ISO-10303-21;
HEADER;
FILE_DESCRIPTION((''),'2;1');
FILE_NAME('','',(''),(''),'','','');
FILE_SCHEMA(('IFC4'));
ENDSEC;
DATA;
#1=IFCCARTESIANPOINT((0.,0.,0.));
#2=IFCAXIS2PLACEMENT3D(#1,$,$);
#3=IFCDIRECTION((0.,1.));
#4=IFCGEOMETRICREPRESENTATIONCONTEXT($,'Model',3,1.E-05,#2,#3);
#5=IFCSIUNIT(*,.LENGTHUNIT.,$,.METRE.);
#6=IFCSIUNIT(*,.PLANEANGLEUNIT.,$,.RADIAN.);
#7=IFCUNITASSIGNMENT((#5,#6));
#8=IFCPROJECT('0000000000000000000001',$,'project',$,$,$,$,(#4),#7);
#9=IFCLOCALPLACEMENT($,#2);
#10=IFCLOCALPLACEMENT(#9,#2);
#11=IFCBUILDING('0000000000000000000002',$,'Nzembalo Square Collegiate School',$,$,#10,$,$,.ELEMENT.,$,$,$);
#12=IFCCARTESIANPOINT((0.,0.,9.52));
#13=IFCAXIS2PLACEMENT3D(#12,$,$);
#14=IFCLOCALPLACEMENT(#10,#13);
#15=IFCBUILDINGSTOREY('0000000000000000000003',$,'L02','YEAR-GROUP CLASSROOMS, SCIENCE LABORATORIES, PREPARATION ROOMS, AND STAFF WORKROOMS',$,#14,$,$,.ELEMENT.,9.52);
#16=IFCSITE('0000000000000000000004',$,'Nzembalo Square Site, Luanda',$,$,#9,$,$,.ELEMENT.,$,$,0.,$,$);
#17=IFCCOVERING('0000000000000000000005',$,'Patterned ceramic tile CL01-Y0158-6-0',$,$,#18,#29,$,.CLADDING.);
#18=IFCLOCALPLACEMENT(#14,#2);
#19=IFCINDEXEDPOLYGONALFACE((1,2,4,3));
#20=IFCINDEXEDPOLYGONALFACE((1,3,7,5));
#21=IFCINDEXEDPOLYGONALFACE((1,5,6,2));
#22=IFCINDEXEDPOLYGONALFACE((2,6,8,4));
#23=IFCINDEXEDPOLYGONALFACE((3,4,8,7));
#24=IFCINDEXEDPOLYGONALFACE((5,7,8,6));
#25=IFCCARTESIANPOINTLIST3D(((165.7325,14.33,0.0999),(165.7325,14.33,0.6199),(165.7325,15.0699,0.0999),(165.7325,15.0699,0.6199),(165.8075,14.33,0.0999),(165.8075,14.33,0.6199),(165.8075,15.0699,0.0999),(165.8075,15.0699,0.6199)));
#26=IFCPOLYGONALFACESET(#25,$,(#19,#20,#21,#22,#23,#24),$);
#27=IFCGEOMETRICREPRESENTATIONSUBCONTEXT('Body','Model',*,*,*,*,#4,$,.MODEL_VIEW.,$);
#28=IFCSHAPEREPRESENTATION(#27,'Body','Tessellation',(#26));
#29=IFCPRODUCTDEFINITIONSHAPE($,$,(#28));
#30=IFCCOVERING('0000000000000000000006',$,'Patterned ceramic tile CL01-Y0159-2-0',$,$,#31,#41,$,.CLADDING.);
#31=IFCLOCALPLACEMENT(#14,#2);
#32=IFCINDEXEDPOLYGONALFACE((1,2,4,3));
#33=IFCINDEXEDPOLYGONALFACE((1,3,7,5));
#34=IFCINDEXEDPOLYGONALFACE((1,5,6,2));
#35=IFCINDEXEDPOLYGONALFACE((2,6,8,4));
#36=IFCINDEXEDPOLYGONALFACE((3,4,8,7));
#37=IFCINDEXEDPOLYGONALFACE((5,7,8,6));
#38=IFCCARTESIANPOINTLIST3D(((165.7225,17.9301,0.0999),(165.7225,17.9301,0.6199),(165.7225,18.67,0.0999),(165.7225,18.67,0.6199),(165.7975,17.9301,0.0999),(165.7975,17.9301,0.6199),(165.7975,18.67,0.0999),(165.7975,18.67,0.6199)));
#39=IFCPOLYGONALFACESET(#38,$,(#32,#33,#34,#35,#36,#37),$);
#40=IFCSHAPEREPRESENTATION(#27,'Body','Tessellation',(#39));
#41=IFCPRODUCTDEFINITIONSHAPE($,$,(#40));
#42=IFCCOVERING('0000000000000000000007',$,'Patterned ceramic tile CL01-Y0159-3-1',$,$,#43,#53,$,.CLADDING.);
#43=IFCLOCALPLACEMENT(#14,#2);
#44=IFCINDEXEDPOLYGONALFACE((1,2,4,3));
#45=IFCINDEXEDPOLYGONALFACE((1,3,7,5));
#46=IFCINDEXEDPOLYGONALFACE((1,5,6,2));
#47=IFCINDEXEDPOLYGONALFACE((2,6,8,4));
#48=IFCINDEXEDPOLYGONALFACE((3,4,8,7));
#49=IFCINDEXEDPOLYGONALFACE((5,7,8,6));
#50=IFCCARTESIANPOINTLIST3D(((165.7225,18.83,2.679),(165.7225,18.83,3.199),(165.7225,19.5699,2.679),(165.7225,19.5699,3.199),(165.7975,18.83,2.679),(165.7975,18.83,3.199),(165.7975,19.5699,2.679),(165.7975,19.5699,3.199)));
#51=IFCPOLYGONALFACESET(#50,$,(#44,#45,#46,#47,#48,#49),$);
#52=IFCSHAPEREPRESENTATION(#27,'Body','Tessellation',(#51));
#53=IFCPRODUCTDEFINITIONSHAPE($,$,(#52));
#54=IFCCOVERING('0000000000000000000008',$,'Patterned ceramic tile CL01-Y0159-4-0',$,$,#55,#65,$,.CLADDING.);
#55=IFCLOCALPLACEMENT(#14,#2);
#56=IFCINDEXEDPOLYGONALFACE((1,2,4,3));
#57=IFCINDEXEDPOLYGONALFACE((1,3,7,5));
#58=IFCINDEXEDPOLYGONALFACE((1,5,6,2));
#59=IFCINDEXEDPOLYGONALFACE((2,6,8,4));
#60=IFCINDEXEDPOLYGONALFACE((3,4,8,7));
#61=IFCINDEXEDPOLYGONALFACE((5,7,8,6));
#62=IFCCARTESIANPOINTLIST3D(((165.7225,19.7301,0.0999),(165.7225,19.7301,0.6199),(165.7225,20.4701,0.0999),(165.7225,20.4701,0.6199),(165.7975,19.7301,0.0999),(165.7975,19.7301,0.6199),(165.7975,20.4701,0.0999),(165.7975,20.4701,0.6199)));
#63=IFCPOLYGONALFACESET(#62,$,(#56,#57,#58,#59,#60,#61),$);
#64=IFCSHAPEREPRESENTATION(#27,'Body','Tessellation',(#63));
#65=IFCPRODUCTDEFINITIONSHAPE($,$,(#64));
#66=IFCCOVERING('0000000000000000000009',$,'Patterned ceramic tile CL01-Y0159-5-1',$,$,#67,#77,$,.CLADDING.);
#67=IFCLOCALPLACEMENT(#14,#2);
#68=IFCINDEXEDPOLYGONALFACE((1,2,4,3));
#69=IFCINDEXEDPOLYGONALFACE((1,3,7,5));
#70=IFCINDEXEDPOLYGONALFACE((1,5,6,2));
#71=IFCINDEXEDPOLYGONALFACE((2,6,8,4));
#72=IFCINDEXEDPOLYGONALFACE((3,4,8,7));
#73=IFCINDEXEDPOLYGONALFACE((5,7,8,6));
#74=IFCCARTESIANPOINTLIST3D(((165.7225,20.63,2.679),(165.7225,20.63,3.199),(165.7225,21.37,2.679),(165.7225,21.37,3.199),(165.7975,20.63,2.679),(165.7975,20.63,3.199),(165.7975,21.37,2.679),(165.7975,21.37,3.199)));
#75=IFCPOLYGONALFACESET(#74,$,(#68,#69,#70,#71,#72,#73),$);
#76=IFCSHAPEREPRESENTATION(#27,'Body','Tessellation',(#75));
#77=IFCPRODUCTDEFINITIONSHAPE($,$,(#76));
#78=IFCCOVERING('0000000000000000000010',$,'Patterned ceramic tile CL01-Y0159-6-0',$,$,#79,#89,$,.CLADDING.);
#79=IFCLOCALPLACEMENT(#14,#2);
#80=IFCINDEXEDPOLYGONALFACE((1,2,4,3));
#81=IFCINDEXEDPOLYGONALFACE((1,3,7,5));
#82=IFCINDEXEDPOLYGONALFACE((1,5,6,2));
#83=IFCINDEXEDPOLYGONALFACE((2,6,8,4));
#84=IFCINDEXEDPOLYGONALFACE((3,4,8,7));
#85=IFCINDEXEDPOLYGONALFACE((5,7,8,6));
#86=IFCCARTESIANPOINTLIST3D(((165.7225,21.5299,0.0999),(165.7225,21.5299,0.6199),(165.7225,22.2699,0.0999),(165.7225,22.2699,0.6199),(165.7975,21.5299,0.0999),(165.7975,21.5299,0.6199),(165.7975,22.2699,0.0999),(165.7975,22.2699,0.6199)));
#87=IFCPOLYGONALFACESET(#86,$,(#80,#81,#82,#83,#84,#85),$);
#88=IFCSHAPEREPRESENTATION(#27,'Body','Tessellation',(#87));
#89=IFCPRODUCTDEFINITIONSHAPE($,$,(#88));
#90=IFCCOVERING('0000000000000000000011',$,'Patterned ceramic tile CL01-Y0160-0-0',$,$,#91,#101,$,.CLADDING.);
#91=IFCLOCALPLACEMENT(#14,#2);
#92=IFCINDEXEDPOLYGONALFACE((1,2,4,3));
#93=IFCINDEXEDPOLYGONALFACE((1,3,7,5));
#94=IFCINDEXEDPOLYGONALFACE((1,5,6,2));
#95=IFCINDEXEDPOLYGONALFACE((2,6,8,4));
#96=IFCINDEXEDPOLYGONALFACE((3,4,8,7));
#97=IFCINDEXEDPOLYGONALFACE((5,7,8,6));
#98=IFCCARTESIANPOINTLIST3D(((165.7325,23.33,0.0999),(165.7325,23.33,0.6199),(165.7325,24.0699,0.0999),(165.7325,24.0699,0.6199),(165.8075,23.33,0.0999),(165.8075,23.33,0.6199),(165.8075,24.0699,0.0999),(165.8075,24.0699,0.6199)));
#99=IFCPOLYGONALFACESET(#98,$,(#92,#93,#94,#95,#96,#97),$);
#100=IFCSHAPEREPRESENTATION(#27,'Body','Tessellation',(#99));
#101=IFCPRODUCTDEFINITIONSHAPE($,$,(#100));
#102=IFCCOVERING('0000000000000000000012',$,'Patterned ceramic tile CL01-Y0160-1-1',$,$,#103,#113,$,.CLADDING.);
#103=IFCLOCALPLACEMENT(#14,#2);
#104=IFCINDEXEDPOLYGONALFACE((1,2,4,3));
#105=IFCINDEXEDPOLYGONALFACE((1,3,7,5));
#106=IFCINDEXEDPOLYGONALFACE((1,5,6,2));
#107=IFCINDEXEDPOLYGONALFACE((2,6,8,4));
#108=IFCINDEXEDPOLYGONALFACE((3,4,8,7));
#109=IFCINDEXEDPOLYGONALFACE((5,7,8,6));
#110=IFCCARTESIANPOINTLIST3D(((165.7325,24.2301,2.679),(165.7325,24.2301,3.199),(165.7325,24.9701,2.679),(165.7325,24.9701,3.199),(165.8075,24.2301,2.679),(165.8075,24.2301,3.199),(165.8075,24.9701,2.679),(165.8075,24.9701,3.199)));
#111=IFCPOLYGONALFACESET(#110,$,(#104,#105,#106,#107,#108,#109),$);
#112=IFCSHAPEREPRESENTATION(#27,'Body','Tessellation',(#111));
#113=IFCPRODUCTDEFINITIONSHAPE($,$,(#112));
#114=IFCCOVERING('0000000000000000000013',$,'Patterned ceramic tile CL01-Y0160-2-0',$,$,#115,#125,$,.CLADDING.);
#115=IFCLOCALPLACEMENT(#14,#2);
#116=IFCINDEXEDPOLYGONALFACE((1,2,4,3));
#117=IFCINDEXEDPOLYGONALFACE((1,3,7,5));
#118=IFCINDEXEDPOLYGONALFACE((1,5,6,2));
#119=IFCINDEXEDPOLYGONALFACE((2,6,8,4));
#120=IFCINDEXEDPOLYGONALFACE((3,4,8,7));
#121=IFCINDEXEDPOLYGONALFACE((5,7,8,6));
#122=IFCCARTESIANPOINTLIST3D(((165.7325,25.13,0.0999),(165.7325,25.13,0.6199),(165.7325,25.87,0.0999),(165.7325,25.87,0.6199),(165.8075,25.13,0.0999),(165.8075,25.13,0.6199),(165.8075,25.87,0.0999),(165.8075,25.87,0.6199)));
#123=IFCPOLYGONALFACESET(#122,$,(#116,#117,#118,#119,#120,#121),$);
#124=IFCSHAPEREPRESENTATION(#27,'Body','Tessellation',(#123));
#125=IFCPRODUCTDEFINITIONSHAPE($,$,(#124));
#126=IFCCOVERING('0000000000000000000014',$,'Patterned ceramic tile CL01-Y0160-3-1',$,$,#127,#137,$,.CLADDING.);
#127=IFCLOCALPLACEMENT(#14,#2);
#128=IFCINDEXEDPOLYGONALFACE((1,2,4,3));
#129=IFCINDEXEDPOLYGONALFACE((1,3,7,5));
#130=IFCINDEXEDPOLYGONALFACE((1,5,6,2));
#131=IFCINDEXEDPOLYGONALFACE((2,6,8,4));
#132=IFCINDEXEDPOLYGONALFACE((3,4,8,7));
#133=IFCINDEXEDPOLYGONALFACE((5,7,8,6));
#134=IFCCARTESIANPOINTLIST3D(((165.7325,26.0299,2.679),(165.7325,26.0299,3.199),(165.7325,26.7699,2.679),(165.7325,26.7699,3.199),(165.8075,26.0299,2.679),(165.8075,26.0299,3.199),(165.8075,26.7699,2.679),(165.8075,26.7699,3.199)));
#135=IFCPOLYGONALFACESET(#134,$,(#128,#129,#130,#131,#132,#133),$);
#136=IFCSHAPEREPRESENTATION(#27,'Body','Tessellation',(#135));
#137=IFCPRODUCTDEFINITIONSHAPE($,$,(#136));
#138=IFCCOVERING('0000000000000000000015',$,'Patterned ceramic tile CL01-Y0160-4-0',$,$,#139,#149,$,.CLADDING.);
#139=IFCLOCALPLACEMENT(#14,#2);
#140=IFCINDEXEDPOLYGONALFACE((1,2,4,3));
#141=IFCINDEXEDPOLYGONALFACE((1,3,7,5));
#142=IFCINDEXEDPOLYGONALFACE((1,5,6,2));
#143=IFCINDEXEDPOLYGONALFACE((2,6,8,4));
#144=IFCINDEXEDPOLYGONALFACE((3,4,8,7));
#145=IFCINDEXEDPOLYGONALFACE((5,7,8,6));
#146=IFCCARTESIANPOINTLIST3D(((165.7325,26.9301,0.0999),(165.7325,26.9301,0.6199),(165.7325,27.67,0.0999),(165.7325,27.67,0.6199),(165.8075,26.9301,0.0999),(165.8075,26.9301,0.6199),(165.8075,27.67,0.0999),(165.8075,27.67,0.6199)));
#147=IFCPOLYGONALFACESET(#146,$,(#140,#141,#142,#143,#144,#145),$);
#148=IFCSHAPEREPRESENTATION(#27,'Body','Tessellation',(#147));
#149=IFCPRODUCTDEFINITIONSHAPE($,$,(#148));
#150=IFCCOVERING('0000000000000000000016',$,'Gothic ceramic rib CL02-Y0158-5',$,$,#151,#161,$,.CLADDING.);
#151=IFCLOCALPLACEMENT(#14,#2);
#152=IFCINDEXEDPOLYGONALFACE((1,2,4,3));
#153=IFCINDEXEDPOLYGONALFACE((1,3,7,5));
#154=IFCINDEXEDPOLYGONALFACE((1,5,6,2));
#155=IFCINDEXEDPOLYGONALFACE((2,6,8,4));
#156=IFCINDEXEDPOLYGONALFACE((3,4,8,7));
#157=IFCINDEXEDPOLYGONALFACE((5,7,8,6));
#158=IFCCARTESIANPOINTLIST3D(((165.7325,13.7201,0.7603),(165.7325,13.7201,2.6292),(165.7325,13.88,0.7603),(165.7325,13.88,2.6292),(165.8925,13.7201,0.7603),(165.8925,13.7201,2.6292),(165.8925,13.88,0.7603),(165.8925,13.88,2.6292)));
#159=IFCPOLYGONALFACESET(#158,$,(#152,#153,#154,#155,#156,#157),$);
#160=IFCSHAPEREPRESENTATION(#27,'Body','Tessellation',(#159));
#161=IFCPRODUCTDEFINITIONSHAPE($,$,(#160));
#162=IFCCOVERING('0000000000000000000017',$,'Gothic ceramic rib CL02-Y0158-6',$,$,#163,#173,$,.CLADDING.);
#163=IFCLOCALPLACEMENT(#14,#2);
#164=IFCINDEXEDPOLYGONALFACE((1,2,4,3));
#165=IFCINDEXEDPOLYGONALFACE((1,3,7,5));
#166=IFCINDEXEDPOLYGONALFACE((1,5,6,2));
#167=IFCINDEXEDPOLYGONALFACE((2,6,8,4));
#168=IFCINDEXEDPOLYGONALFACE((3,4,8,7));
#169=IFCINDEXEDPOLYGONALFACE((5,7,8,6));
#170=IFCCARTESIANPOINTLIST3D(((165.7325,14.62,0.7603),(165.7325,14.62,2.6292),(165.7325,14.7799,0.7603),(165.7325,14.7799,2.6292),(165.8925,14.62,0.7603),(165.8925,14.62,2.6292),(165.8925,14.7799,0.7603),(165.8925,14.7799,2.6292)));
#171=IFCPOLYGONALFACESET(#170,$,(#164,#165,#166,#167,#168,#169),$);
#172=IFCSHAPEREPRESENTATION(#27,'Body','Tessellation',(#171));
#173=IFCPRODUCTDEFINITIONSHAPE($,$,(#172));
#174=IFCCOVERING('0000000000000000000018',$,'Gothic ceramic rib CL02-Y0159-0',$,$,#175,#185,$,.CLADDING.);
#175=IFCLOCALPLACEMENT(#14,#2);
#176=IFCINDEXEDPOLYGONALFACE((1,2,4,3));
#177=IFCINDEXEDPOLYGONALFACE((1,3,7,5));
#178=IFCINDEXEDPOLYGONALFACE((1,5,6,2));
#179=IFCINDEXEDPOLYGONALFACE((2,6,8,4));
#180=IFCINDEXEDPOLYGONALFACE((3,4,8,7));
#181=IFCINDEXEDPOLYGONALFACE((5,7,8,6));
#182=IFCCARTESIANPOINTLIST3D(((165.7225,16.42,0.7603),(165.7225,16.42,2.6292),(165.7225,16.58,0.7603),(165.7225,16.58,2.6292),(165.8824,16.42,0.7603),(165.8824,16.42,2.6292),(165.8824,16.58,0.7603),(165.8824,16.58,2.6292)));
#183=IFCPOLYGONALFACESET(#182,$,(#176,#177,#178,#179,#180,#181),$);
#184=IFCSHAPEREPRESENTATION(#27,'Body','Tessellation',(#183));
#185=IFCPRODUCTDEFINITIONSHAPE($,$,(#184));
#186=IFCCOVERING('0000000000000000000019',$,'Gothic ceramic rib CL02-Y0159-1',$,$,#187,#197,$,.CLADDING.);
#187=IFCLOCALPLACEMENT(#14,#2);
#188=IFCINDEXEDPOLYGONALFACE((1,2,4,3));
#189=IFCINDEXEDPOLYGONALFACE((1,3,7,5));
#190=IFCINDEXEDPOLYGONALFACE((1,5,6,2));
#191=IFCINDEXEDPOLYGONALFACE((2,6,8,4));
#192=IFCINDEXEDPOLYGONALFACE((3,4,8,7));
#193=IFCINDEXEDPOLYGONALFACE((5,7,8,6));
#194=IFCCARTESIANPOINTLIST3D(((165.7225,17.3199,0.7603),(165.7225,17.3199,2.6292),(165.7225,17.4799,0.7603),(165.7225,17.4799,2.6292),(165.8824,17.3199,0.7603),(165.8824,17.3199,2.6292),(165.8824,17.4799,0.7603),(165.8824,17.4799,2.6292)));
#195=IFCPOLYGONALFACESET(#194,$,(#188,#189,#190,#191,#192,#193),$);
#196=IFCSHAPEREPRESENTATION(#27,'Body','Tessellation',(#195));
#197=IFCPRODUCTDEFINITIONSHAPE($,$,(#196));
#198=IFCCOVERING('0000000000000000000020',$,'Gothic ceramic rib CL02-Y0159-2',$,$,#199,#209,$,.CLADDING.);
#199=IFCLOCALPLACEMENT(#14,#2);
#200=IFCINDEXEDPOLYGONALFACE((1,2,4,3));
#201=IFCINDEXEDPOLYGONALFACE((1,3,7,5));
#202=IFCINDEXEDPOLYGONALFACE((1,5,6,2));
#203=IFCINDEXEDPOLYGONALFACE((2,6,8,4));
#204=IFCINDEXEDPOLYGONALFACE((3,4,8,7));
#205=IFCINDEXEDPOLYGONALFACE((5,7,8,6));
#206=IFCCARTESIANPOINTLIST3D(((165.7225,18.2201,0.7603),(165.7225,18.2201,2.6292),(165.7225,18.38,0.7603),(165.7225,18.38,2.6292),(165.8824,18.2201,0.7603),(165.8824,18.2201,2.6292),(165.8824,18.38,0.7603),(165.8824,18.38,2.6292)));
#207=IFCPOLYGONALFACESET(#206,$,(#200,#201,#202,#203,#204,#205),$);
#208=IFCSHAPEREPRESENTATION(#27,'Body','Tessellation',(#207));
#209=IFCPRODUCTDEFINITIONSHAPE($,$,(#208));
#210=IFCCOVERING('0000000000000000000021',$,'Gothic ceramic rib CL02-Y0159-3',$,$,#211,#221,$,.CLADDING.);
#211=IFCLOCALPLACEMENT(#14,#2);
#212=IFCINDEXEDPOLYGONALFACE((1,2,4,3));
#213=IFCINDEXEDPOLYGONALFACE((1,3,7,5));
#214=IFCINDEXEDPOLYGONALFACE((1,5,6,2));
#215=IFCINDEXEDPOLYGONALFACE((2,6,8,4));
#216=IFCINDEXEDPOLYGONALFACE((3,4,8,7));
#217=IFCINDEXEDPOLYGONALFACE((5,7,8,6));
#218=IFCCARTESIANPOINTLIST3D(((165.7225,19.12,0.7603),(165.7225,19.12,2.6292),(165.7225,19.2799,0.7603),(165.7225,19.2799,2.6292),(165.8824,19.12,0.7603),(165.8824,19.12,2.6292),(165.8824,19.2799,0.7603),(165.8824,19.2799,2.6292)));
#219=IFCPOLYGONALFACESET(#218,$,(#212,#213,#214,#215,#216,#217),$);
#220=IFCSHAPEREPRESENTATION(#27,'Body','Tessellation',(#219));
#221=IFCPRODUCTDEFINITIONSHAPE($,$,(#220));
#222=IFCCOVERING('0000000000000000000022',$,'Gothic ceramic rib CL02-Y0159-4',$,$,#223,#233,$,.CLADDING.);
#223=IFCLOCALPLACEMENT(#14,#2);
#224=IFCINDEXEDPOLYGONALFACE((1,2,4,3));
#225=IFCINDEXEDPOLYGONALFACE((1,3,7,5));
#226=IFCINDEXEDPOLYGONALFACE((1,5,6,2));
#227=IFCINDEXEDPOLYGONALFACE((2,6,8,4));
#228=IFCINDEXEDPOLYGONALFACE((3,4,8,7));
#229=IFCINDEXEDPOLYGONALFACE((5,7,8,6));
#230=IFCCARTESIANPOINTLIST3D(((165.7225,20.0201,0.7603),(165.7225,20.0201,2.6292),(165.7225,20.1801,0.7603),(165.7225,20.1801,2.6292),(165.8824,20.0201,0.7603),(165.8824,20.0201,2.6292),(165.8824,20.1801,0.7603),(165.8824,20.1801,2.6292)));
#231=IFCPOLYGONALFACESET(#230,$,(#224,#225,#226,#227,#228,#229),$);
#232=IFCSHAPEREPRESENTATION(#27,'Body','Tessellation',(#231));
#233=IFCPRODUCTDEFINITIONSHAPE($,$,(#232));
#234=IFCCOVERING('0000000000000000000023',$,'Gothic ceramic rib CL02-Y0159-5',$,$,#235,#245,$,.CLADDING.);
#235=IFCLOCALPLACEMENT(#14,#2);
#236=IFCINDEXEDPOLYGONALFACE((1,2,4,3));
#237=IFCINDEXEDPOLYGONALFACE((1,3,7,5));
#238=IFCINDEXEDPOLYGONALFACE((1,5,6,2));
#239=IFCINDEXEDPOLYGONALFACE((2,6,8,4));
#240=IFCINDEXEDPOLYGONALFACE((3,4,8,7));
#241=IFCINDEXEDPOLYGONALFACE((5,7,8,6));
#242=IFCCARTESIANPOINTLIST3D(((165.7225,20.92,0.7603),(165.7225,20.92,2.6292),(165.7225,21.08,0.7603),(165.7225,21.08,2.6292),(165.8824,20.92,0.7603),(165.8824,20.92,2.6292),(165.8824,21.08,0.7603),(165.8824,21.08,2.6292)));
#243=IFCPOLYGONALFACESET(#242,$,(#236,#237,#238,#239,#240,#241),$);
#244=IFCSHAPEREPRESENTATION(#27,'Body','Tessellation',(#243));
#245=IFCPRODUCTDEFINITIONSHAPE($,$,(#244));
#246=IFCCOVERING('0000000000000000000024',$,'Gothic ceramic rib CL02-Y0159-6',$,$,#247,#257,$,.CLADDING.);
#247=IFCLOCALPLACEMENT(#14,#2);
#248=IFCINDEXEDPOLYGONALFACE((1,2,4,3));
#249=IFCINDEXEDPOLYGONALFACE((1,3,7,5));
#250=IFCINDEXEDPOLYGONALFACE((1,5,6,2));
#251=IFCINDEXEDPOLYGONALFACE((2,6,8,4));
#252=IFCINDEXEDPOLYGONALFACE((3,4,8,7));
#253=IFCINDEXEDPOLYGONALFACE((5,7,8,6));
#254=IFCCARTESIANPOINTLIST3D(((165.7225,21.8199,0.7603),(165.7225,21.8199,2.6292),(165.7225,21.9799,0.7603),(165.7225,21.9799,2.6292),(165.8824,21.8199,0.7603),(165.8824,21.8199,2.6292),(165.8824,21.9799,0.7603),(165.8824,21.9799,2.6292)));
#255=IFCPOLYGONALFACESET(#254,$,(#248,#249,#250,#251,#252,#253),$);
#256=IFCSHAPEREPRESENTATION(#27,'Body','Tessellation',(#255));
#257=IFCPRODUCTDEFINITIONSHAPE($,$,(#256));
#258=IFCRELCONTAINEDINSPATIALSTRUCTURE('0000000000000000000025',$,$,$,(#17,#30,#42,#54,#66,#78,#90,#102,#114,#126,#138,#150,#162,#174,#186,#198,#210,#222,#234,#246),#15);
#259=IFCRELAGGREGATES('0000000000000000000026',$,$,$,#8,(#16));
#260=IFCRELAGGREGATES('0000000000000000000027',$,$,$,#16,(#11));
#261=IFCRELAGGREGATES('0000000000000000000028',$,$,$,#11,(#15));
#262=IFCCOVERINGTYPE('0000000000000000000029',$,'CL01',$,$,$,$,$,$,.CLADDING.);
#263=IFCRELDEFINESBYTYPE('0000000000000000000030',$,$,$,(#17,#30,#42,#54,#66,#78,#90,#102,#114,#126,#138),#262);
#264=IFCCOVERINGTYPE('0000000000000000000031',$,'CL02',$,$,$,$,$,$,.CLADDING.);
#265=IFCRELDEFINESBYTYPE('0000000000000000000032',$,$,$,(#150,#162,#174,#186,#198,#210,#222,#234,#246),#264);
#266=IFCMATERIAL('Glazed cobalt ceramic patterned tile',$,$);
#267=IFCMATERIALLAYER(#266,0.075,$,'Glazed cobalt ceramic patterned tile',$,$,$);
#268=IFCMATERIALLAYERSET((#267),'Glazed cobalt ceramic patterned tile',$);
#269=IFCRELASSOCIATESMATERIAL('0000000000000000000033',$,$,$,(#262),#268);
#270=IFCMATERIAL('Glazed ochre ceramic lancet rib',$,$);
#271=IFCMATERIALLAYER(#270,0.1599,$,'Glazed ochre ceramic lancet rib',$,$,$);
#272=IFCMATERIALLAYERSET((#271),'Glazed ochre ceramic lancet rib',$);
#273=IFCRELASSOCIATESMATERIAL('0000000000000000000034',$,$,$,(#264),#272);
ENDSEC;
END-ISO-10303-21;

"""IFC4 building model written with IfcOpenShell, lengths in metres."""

from ifc_helpers import new_model, si_unit, direction, frame, origin, origin_2d, place, context, subcontext, project, spatial, rectangle, extrude, material, layer, layer_set, type_object, element, save


model = new_model("IFC4")

# Units and contexts
model_context = context("Model", 3, precision=1e-05, world=origin(), true_north=direction((0.0, 1.0)))
body_context = subcontext(model_context, "Body", "Model", "MODEL_VIEW")
ifc_project = project(units=[si_unit("LENGTHUNIT", "METRE"), si_unit("PLANEANGLEUNIT", "RADIAN")], contexts=[model_context])

# Site, building, storey
site_placement = place(None, origin())
site = spatial("IfcSite", under=ifc_project, at=site_placement, Name="Nzembalo Square Site, Luanda", CompositionType="ELEMENT", RefElevation=0.0)
building_placement = place(site_placement, origin())
building = spatial("IfcBuilding", under=site, at=building_placement, Name="Nzembalo Square Collegiate School", CompositionType="ELEMENT")
storey_placement = place(building_placement, frame((0.0, 0.0, 9.52)))
storey = spatial("IfcBuildingStorey", under=building, at=storey_placement, Name="L02", Description="YEAR-GROUP CLASSROOMS, SCIENCE LABORATORIES, PREPARATION ROOMS, AND STAFF WORKROOMS", CompositionType="ELEMENT", Elevation=9.52)

# Coverings
ifc_material_1 = material(Name="Glazed cobalt ceramic patterned tile")
ifc_layer_1 = layer(ifc_material_1, 0.075, Name="Glazed cobalt ceramic patterned tile")
ifc_layer_set_1 = layer_set([ifc_layer_1], Name="Glazed cobalt ceramic patterned tile")
covering_type_1 = type_object("IfcCoveringType", Name="CL01", PredefinedType="CLADDING", material=ifc_layer_set_1)
for number, where, z_axis, x_axis, name in (
    (1, (165.77, 14.7, 0.0999), (0.0, 0.0, 1.0), (1.0, 0.0, 0.0), "Patterned ceramic tile CL01-Y0158-6-0"),
    (2, (165.76, 18.3, 0.0999), (0.0, 0.0, 1.0), (1.0, 0.0, 0.0), "Patterned ceramic tile CL01-Y0159-2-0"),
    (3, (165.76, 19.2, 2.679), (0.0, 0.0, 1.0), (1.0, 0.0, 0.0), "Patterned ceramic tile CL01-Y0159-3-1"),
    (4, (165.76, 20.1001, 0.0999), (0.0, 0.0, 1.0), (1.0, 0.0, 0.0), "Patterned ceramic tile CL01-Y0159-4-0"),
    (5, (165.76, 21.0, 2.679), (0.0, 0.0, 1.0), (1.0, 0.0, 0.0), "Patterned ceramic tile CL01-Y0159-5-1"),
    (6, (165.76, 21.8999, 0.0999), (0.0, 0.0, 1.0), (1.0, 0.0, 0.0), "Patterned ceramic tile CL01-Y0159-6-0"),
    (7, (165.77, 23.7, 0.0999), (0.0, 0.0, 1.0), (1.0, 0.0, 0.0), "Patterned ceramic tile CL01-Y0160-0-0"),
    (8, (165.77, 24.6001, 2.679), (0.0, 0.0, 1.0), (1.0, 0.0, 0.0), "Patterned ceramic tile CL01-Y0160-1-1"),
    (9, (165.77, 25.5, 0.0999), (0.0, 0.0, 1.0), (1.0, 0.0, 0.0), "Patterned ceramic tile CL01-Y0160-2-0"),
    (10, (165.77, 26.3999, 2.679), (0.0, 0.0, 1.0), (1.0, 0.0, 0.0), "Patterned ceramic tile CL01-Y0160-3-1"),
    (11, (165.77, 27.3, 0.0999), (0.0, 0.0, 1.0), (1.0, 0.0, 0.0), "Patterned ceramic tile CL01-Y0160-4-0"),
):
    element("IfcCovering", number, at=place(storey_placement, frame(where, z_axis=z_axis, x_axis=x_axis)), inside=storey, type_object=covering_type_1, Name=name, PredefinedType="CLADDING", context=body_context, shape_type="SweptSolid", body=[
        extrude(rectangle(XDim=0.075, YDim=0.74, at=origin_2d()), origin(), (0.0, 0.0, 1.0), 0.52),
    ])
ifc_material_2 = material(Name="Glazed ochre ceramic lancet rib")
ifc_layer_2 = layer(ifc_material_2, 0.1599, Name="Glazed ochre ceramic lancet rib")
ifc_layer_set_2 = layer_set([ifc_layer_2], Name="Glazed ochre ceramic lancet rib")
covering_type_2 = type_object("IfcCoveringType", Name="CL02", PredefinedType="CLADDING", material=ifc_layer_set_2)
for number, where, z_axis, x_axis, name in (
    (12, (165.8125, 13.8, 0.7603), (0.0, 0.0, 1.0), (1.0, 0.0, 0.0), "Gothic ceramic rib CL02-Y0158-5"),
    (13, (165.8125, 14.7, 0.7603), (0.0, 0.0, 1.0), (1.0, 0.0, 0.0), "Gothic ceramic rib CL02-Y0158-6"),
    (14, (165.8025, 16.5, 0.7603), (0.0, 0.0, 1.0), (1.0, 0.0, 0.0), "Gothic ceramic rib CL02-Y0159-0"),
    (15, (165.8025, 17.3999, 0.7603), (0.0, 0.0, 1.0), (1.0, 0.0, 0.0), "Gothic ceramic rib CL02-Y0159-1"),
    (16, (165.8025, 18.3, 0.7603), (0.0, 0.0, 1.0), (1.0, 0.0, 0.0), "Gothic ceramic rib CL02-Y0159-2"),
    (17, (165.8025, 19.2, 0.7603), (0.0, 0.0, 1.0), (1.0, 0.0, 0.0), "Gothic ceramic rib CL02-Y0159-3"),
    (18, (165.8025, 20.1001, 0.7603), (0.0, 0.0, 1.0), (1.0, 0.0, 0.0), "Gothic ceramic rib CL02-Y0159-4"),
    (19, (165.8025, 21.0, 0.7603), (0.0, 0.0, 1.0), (1.0, 0.0, 0.0), "Gothic ceramic rib CL02-Y0159-5"),
    (20, (165.8025, 21.8999, 0.7603), (0.0, 0.0, 1.0), (1.0, 0.0, 0.0), "Gothic ceramic rib CL02-Y0159-6"),
):
    element("IfcCovering", number, at=place(storey_placement, frame(where, z_axis=z_axis, x_axis=x_axis)), inside=storey, type_object=covering_type_2, Name=name, PredefinedType="CLADDING", context=body_context, shape_type="SweptSolid", body=[
        extrude(rectangle(XDim=0.1599, YDim=0.1599, at=origin_2d()), origin(), (0.0, 0.0, 1.0), 1.8689),
    ])

save(model, "model.ifc")
